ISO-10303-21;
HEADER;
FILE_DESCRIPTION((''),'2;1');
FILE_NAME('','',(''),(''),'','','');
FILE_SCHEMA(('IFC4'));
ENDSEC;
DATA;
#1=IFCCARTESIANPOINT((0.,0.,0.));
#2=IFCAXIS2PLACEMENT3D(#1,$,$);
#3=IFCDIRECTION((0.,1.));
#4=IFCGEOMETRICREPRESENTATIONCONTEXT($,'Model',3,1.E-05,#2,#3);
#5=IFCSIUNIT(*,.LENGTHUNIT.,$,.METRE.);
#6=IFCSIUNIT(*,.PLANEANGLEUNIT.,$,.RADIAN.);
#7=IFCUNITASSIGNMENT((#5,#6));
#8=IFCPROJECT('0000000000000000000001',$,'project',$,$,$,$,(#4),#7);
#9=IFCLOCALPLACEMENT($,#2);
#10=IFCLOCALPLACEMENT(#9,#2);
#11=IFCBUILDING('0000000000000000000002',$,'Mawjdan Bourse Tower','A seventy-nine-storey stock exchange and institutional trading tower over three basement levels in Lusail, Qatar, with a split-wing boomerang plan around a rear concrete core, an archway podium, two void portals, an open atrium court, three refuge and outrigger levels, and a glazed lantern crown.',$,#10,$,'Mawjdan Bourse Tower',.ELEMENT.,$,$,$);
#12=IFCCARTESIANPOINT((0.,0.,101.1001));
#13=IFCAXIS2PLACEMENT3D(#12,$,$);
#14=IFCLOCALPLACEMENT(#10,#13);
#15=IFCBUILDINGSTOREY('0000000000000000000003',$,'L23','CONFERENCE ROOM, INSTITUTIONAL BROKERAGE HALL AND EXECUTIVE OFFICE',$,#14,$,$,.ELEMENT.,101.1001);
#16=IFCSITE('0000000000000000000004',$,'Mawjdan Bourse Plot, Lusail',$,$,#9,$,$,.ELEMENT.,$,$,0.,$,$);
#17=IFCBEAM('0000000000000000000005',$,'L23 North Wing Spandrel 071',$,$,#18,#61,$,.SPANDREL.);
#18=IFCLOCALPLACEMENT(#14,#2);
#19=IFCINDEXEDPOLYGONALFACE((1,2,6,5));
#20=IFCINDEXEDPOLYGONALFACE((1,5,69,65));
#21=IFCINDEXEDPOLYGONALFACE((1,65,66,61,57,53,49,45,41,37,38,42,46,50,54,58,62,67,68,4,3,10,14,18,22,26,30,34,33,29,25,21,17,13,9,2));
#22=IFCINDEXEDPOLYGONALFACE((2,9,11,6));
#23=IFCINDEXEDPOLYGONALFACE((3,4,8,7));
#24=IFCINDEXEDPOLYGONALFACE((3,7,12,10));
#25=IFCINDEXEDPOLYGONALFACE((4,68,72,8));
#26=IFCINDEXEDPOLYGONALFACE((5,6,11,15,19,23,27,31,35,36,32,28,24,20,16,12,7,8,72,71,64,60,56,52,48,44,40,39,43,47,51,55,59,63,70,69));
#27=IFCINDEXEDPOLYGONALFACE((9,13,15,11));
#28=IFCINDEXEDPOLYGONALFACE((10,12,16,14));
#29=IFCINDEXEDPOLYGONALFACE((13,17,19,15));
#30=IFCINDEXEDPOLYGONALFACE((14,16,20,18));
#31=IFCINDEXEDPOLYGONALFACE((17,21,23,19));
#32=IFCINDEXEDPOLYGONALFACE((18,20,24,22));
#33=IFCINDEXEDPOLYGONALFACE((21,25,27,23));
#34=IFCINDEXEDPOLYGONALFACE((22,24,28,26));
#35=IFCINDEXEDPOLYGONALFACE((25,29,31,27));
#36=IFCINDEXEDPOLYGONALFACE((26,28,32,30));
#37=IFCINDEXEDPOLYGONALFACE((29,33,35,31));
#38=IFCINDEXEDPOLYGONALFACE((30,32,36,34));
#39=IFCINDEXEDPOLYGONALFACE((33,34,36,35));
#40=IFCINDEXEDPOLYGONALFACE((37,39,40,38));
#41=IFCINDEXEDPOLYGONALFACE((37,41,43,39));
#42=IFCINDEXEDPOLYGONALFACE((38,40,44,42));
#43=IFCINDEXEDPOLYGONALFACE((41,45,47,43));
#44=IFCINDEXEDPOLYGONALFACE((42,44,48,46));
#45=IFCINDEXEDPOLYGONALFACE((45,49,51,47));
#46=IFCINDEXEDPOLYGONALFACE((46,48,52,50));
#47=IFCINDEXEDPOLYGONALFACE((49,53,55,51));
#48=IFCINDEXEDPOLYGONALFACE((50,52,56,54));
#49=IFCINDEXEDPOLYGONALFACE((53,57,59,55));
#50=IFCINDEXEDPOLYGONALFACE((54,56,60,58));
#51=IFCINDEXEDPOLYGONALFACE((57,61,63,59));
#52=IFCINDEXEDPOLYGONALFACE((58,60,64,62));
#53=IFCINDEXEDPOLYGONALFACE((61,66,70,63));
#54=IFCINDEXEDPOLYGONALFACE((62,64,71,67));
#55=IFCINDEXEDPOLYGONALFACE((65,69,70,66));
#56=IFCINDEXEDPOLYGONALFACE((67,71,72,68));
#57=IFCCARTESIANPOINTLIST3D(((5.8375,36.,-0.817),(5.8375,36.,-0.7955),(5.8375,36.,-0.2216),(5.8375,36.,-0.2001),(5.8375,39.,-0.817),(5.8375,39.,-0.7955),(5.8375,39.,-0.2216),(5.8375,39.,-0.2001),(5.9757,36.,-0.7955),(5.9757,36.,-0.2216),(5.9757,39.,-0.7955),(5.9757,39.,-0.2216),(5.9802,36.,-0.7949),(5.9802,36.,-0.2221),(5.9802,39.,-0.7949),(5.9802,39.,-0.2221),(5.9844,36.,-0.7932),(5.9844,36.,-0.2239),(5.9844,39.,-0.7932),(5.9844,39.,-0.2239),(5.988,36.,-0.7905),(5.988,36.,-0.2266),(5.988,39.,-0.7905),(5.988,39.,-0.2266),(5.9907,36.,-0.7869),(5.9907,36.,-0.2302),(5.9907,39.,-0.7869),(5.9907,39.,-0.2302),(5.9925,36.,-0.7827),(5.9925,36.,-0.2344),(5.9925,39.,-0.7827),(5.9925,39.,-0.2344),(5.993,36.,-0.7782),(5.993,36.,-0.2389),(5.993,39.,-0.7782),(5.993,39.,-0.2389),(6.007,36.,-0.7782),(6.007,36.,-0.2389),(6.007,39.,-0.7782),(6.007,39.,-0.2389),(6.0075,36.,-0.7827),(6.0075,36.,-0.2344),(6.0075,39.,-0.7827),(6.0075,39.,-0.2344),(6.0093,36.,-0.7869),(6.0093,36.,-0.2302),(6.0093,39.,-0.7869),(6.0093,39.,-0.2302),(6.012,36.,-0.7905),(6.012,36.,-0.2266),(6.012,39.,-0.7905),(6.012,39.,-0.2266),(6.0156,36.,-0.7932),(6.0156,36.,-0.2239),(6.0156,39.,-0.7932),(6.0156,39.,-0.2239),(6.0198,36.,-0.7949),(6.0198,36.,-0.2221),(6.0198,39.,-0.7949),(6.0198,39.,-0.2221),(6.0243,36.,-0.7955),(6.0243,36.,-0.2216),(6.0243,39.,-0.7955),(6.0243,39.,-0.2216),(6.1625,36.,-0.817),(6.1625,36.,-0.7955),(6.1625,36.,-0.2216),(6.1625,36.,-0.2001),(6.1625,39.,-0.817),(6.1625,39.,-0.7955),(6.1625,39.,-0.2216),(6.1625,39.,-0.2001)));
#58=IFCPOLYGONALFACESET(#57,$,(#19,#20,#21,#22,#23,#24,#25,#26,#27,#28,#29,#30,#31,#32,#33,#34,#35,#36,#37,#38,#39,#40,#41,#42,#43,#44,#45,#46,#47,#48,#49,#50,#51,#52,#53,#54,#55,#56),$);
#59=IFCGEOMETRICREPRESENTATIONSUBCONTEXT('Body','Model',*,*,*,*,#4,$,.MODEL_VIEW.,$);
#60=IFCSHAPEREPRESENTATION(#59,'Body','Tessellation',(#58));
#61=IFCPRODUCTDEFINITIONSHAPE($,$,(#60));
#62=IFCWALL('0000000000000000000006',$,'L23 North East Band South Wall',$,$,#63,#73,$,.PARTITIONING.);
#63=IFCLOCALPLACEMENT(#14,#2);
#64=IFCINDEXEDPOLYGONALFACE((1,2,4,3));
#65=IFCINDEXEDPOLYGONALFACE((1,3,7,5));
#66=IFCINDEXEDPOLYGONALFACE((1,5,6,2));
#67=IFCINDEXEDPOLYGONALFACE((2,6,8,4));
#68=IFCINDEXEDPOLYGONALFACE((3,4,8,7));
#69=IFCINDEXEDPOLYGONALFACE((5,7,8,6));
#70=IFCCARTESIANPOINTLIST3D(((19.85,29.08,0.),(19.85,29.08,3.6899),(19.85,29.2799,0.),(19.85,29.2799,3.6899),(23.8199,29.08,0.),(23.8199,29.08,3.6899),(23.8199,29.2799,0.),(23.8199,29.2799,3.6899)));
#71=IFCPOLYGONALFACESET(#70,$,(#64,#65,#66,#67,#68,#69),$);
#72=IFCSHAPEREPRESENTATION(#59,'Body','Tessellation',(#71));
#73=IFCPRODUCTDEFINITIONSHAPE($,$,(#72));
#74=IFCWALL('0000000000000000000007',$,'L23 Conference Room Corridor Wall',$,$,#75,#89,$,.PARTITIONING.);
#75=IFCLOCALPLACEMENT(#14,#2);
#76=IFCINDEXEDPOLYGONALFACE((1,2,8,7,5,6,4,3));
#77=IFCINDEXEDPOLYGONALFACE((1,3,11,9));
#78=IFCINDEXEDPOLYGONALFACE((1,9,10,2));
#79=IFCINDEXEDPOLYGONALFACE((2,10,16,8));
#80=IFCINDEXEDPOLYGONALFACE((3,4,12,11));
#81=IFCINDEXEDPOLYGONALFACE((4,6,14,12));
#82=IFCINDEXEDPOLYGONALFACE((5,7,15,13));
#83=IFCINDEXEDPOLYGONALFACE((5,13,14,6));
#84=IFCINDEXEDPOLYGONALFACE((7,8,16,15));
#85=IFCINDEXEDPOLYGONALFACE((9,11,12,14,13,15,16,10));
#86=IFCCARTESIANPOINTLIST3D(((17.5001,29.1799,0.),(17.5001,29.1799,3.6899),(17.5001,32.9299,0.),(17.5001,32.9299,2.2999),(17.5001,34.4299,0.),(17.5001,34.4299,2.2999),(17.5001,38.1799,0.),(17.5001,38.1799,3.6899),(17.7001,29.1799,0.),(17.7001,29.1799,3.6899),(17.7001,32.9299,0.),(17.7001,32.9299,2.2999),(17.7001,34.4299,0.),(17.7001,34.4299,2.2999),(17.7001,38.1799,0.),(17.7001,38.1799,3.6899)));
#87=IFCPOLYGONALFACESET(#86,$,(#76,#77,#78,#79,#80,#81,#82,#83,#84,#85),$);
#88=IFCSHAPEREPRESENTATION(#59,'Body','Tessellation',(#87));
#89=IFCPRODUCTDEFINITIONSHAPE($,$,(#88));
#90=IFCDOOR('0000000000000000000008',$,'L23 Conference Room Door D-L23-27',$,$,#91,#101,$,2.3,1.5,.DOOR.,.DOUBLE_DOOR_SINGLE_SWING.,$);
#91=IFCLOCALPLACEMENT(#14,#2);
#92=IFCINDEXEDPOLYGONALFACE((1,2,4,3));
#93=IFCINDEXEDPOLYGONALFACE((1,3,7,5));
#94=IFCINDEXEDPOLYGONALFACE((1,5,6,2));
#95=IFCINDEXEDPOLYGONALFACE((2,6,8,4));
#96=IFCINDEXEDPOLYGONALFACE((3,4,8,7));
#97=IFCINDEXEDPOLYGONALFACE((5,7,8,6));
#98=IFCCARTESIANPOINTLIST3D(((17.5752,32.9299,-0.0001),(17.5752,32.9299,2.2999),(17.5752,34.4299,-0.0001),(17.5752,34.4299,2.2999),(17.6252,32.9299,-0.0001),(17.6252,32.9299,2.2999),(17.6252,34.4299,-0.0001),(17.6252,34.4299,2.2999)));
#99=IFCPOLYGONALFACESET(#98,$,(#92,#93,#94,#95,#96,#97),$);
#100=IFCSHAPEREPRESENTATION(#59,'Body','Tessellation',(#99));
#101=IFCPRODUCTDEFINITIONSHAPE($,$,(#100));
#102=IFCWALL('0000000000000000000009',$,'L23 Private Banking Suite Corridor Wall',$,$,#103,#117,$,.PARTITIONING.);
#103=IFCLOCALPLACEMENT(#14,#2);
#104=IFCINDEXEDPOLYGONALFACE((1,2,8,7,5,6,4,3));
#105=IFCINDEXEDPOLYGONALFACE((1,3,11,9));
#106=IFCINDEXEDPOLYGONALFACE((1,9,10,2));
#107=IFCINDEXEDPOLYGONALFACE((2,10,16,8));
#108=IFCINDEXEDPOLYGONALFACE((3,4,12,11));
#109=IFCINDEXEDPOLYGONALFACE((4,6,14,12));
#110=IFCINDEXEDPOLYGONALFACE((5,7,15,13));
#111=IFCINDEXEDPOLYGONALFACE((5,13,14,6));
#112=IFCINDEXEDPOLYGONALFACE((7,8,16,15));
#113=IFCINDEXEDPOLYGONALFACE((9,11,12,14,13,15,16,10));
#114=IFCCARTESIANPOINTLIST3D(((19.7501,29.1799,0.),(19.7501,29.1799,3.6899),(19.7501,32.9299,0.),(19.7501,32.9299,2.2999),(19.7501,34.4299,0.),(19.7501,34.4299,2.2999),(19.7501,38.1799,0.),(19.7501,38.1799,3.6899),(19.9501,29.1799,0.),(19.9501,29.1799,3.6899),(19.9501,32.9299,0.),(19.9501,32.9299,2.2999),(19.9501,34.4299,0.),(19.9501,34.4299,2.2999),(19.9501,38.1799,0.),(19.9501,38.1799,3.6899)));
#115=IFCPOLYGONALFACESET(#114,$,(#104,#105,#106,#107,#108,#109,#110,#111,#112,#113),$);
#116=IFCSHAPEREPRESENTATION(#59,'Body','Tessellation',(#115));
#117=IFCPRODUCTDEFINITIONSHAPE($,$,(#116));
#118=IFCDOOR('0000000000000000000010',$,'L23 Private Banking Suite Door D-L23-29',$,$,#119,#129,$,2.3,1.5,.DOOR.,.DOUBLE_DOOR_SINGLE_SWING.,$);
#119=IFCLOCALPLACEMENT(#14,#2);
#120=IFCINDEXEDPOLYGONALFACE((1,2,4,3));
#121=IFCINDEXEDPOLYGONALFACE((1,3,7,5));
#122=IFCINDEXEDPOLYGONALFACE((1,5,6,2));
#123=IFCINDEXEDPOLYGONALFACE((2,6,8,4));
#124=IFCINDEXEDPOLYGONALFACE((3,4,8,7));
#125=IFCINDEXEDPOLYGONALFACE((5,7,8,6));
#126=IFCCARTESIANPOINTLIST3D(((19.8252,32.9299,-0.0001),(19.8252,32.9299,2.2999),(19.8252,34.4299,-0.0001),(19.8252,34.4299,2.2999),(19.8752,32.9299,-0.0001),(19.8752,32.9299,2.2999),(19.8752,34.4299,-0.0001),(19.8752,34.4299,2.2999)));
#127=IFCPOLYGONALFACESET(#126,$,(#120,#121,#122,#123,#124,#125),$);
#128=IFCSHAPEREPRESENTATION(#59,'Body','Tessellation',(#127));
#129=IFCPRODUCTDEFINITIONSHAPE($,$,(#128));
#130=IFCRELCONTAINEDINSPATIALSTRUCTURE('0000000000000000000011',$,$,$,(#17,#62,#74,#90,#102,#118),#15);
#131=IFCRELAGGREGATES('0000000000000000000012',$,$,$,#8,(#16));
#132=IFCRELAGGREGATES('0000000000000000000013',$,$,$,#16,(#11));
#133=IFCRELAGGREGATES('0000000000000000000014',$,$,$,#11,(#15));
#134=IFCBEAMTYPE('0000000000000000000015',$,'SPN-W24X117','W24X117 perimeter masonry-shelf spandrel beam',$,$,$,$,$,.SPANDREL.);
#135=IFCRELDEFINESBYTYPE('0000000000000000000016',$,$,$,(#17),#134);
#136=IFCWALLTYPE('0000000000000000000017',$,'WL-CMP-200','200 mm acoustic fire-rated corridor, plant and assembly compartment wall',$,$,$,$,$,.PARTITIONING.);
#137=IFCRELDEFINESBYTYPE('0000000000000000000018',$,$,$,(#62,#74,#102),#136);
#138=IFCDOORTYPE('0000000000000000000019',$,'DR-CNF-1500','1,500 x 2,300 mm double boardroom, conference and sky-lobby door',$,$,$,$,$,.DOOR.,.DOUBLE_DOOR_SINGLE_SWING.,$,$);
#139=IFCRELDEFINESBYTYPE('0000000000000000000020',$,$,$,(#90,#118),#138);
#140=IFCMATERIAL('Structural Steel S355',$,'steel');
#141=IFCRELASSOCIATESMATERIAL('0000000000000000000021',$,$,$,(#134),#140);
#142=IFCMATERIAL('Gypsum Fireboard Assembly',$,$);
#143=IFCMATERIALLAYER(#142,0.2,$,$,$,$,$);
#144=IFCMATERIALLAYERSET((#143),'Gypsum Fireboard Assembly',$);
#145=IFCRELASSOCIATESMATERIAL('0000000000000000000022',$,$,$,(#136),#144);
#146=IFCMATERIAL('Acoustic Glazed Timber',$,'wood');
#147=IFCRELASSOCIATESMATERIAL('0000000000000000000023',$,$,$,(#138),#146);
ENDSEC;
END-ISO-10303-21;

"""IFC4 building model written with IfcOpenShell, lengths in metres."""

from ifc_helpers import new_model, si_unit, direction, frame, frame_2d, origin, origin_2d, place, context, subcontext, project, spatial, rectangle, i_section, extrude, material, layer, layer_set, material_profile, profile_set, type_object, element, fill, save


model = new_model("IFC4")

# Units and contexts
model_context = context("Model", 3, precision=1e-05, world=origin(), true_north=direction((0.0, 1.0)))
body_context = subcontext(model_context, "Body", "Model", "MODEL_VIEW")
ifc_project = project(units=[si_unit("LENGTHUNIT", "METRE"), si_unit("PLANEANGLEUNIT", "RADIAN")], contexts=[model_context])

# Site, building, storey
site_placement = place(None, origin())
site = spatial("IfcSite", under=ifc_project, at=site_placement, Name="Mawjdan Bourse Plot, Lusail", CompositionType="ELEMENT", RefElevation=0.0)
building_placement = place(site_placement, origin())
building = spatial("IfcBuilding", under=site, at=building_placement, Name="Mawjdan Bourse Tower", Description="A seventy-nine-storey stock exchange and institutional trading tower over three basement levels in Lusail, Qatar, with a split-wing boomerang plan around a rear concrete core, an archway podium, two void portals, an open atrium court, three refuge and outrigger levels, and a glazed lantern crown.", LongName="Mawjdan Bourse Tower", CompositionType="ELEMENT")
storey_placement = place(building_placement, frame((0.0, 0.0, 101.1001)))
storey = spatial("IfcBuildingStorey", under=building, at=storey_placement, Name="L23", Description="CONFERENCE ROOM, INSTITUTIONAL BROKERAGE HALL AND EXECUTIVE OFFICE", CompositionType="ELEMENT", Elevation=101.1001)

# Beam
ifc_material_1 = material(Name="Structural Steel S355", Category="steel")
ifc_material_profile_1 = material_profile(ifc_material_1, i_section(OverallWidth=0.325, OverallDepth=0.6169, WebThickness=0.0139, FlangeThickness=0.0215, FilletRadius=0.0173, at=origin_2d()), Name="W24X117")
ifc_profile_set_1 = profile_set([ifc_material_profile_1], Name="Structural Steel S355")
beam_type_1 = type_object("IfcBeamType", Name="SPN-W24X117", Description="W24X117 perimeter masonry-shelf spandrel beam", PredefinedType="SPANDREL", material=ifc_profile_set_1)
beam_1_placement = place(storey_placement, frame((6.0, 36.0, -0.5085), z_axis=(0.0, 1.0, 0.0), x_axis=(-1.0, 0.0, 0.0)))
element("IfcBeam", 1, at=beam_1_placement, inside=storey, type_object=beam_type_1, Name="L23 North Wing Spandrel 071", PredefinedType="SPANDREL", context=body_context, shape_type="SweptSolid", body=[
    extrude(i_section(OverallWidth=0.325, OverallDepth=0.6169, WebThickness=0.0139, FlangeThickness=0.0215, FilletRadius=0.0173, at=origin_2d()), origin(), (0.0, 0.0, 1.0), 3.0),
])

# Wall
ifc_material_2 = material(Name="Gypsum Fireboard Assembly")
ifc_layer = layer(ifc_material_2, 0.2)
ifc_layer_set = layer_set([ifc_layer], Name="Gypsum Fireboard Assembly")
wall_type = type_object("IfcWallType", Name="WL-CMP-200", Description="200 mm acoustic fire-rated corridor, plant and assembly compartment wall", PredefinedType="PARTITIONING", material=ifc_layer_set)
wall_1_placement = place(storey_placement, frame((19.8501, 29.1799, 0.0), z_axis=(0.0, 0.0, 1.0), x_axis=(1.0, 0.0, 0.0)))
element("IfcWall", 2, at=wall_1_placement, inside=storey, type_object=wall_type, Name="L23 North East Band South Wall", PredefinedType="PARTITIONING", context=body_context, shape_type="SweptSolid", body=[
    extrude(rectangle(XDim=3.97, YDim=0.2, at=frame_2d((1.9849, 0.0))), origin(), (0.0, 0.0, 1.0), 3.6899),
])

# Walls, openings, doors
wall_2_placement = place(storey_placement, frame((17.6001, 29.1799, 0.0), z_axis=(0.0, 0.0, 1.0), x_axis=(0.0, 1.0, 0.0)))
wall_2 = element("IfcWall", 3, at=wall_2_placement, inside=storey, type_object=wall_type, Name="L23 Conference Room Corridor Wall", PredefinedType="PARTITIONING", context=body_context, shape_type="SweptSolid", body=[
    extrude(rectangle(XDim=9.0, YDim=0.2, at=frame_2d((4.5, 0.0))), origin(), (0.0, 0.0, 1.0), 3.6899),
])
opening_1_placement = place(wall_2_placement, frame((3.75, 0.0, 0.0)))
opening_1 = element("IfcOpeningElement", 4, at=opening_1_placement, cuts=wall_2, PredefinedType="OPENING", context=body_context, shape_type="SweptSolid", body=[
    extrude(rectangle(XDim=1.5, YDim=2.3, at=frame_2d((0.75, 1.1499))), frame((0.0, 0.1099, 0.0), z_axis=(0.0, -1.0, 0.0), x_axis=(1.0, 0.0, 0.0)), (0.0, 0.0, 1.0), 0.22),
])
ifc_material_3 = material(Name="Acoustic Glazed Timber", Category="wood")
door_type = type_object("IfcDoorType", Name="DR-CNF-1500", Description="1,500 x 2,300 mm double boardroom, conference and sky-lobby door", OperationType="DOUBLE_DOOR_SINGLE_SWING", PredefinedType="DOOR", material=ifc_material_3)
door_1_placement = place(opening_1_placement, origin())
door_1 = element("IfcDoor", 5, at=door_1_placement, inside=storey, type_object=door_type, Name="L23 Conference Room Door D-L23-27", OperationType="DOUBLE_DOOR_SINGLE_SWING", OverallHeight=2.3, OverallWidth=1.5, PredefinedType="DOOR", context=body_context, shape_type="SweptSolid", body=[
    extrude(rectangle(XDim=1.5, YDim=2.3, at=frame_2d((0.75, 1.1499))), frame((0.0, 0.0249, 0.0), z_axis=(0.0, -1.0, 0.0), x_axis=(1.0, 0.0, 0.0)), (0.0, 0.0, 1.0), 0.05),
])
fill(opening_1, door_1)
wall_3_placement = place(storey_placement, frame((19.8501, 29.1799, 0.0), z_axis=(0.0, 0.0, 1.0), x_axis=(0.0, 1.0, 0.0)))
wall_3 = element("IfcWall", 6, at=wall_3_placement, inside=storey, type_object=wall_type, Name="L23 Private Banking Suite Corridor Wall", PredefinedType="PARTITIONING", context=body_context, shape_type="SweptSolid", body=[
    extrude(rectangle(XDim=9.0, YDim=0.2, at=frame_2d((4.5, 0.0))), origin(), (0.0, 0.0, 1.0), 3.6899),
])
opening_2_placement = place(wall_3_placement, frame((3.75, 0.0, 0.0)))
opening_2 = element("IfcOpeningElement", 7, at=opening_2_placement, cuts=wall_3, PredefinedType="OPENING", context=body_context, shape_type="SweptSolid", body=[
    extrude(rectangle(XDim=1.5, YDim=2.3, at=frame_2d((0.75, 1.1499))), frame((0.0, 0.1099, 0.0), z_axis=(0.0, -1.0, 0.0), x_axis=(1.0, 0.0, 0.0)), (0.0, 0.0, 1.0), 0.22),
])
door_2_placement = place(opening_2_placement, origin())
door_2 = element("IfcDoor", 8, at=door_2_placement, inside=storey, type_object=door_type, Name="L23 Private Banking Suite Door D-L23-29", OperationType="DOUBLE_DOOR_SINGLE_SWING", OverallHeight=2.3, OverallWidth=1.5, PredefinedType="DOOR", context=body_context, shape_type="SweptSolid", body=[
    extrude(rectangle(XDim=1.5, YDim=2.3, at=frame_2d((0.75, 1.1499))), frame((0.0, 0.0249, 0.0), z_axis=(0.0, -1.0, 0.0), x_axis=(1.0, 0.0, 0.0)), (0.0, 0.0, 1.0), 0.05),
])
fill(opening_2, door_2)

save(model, "model.ifc")
